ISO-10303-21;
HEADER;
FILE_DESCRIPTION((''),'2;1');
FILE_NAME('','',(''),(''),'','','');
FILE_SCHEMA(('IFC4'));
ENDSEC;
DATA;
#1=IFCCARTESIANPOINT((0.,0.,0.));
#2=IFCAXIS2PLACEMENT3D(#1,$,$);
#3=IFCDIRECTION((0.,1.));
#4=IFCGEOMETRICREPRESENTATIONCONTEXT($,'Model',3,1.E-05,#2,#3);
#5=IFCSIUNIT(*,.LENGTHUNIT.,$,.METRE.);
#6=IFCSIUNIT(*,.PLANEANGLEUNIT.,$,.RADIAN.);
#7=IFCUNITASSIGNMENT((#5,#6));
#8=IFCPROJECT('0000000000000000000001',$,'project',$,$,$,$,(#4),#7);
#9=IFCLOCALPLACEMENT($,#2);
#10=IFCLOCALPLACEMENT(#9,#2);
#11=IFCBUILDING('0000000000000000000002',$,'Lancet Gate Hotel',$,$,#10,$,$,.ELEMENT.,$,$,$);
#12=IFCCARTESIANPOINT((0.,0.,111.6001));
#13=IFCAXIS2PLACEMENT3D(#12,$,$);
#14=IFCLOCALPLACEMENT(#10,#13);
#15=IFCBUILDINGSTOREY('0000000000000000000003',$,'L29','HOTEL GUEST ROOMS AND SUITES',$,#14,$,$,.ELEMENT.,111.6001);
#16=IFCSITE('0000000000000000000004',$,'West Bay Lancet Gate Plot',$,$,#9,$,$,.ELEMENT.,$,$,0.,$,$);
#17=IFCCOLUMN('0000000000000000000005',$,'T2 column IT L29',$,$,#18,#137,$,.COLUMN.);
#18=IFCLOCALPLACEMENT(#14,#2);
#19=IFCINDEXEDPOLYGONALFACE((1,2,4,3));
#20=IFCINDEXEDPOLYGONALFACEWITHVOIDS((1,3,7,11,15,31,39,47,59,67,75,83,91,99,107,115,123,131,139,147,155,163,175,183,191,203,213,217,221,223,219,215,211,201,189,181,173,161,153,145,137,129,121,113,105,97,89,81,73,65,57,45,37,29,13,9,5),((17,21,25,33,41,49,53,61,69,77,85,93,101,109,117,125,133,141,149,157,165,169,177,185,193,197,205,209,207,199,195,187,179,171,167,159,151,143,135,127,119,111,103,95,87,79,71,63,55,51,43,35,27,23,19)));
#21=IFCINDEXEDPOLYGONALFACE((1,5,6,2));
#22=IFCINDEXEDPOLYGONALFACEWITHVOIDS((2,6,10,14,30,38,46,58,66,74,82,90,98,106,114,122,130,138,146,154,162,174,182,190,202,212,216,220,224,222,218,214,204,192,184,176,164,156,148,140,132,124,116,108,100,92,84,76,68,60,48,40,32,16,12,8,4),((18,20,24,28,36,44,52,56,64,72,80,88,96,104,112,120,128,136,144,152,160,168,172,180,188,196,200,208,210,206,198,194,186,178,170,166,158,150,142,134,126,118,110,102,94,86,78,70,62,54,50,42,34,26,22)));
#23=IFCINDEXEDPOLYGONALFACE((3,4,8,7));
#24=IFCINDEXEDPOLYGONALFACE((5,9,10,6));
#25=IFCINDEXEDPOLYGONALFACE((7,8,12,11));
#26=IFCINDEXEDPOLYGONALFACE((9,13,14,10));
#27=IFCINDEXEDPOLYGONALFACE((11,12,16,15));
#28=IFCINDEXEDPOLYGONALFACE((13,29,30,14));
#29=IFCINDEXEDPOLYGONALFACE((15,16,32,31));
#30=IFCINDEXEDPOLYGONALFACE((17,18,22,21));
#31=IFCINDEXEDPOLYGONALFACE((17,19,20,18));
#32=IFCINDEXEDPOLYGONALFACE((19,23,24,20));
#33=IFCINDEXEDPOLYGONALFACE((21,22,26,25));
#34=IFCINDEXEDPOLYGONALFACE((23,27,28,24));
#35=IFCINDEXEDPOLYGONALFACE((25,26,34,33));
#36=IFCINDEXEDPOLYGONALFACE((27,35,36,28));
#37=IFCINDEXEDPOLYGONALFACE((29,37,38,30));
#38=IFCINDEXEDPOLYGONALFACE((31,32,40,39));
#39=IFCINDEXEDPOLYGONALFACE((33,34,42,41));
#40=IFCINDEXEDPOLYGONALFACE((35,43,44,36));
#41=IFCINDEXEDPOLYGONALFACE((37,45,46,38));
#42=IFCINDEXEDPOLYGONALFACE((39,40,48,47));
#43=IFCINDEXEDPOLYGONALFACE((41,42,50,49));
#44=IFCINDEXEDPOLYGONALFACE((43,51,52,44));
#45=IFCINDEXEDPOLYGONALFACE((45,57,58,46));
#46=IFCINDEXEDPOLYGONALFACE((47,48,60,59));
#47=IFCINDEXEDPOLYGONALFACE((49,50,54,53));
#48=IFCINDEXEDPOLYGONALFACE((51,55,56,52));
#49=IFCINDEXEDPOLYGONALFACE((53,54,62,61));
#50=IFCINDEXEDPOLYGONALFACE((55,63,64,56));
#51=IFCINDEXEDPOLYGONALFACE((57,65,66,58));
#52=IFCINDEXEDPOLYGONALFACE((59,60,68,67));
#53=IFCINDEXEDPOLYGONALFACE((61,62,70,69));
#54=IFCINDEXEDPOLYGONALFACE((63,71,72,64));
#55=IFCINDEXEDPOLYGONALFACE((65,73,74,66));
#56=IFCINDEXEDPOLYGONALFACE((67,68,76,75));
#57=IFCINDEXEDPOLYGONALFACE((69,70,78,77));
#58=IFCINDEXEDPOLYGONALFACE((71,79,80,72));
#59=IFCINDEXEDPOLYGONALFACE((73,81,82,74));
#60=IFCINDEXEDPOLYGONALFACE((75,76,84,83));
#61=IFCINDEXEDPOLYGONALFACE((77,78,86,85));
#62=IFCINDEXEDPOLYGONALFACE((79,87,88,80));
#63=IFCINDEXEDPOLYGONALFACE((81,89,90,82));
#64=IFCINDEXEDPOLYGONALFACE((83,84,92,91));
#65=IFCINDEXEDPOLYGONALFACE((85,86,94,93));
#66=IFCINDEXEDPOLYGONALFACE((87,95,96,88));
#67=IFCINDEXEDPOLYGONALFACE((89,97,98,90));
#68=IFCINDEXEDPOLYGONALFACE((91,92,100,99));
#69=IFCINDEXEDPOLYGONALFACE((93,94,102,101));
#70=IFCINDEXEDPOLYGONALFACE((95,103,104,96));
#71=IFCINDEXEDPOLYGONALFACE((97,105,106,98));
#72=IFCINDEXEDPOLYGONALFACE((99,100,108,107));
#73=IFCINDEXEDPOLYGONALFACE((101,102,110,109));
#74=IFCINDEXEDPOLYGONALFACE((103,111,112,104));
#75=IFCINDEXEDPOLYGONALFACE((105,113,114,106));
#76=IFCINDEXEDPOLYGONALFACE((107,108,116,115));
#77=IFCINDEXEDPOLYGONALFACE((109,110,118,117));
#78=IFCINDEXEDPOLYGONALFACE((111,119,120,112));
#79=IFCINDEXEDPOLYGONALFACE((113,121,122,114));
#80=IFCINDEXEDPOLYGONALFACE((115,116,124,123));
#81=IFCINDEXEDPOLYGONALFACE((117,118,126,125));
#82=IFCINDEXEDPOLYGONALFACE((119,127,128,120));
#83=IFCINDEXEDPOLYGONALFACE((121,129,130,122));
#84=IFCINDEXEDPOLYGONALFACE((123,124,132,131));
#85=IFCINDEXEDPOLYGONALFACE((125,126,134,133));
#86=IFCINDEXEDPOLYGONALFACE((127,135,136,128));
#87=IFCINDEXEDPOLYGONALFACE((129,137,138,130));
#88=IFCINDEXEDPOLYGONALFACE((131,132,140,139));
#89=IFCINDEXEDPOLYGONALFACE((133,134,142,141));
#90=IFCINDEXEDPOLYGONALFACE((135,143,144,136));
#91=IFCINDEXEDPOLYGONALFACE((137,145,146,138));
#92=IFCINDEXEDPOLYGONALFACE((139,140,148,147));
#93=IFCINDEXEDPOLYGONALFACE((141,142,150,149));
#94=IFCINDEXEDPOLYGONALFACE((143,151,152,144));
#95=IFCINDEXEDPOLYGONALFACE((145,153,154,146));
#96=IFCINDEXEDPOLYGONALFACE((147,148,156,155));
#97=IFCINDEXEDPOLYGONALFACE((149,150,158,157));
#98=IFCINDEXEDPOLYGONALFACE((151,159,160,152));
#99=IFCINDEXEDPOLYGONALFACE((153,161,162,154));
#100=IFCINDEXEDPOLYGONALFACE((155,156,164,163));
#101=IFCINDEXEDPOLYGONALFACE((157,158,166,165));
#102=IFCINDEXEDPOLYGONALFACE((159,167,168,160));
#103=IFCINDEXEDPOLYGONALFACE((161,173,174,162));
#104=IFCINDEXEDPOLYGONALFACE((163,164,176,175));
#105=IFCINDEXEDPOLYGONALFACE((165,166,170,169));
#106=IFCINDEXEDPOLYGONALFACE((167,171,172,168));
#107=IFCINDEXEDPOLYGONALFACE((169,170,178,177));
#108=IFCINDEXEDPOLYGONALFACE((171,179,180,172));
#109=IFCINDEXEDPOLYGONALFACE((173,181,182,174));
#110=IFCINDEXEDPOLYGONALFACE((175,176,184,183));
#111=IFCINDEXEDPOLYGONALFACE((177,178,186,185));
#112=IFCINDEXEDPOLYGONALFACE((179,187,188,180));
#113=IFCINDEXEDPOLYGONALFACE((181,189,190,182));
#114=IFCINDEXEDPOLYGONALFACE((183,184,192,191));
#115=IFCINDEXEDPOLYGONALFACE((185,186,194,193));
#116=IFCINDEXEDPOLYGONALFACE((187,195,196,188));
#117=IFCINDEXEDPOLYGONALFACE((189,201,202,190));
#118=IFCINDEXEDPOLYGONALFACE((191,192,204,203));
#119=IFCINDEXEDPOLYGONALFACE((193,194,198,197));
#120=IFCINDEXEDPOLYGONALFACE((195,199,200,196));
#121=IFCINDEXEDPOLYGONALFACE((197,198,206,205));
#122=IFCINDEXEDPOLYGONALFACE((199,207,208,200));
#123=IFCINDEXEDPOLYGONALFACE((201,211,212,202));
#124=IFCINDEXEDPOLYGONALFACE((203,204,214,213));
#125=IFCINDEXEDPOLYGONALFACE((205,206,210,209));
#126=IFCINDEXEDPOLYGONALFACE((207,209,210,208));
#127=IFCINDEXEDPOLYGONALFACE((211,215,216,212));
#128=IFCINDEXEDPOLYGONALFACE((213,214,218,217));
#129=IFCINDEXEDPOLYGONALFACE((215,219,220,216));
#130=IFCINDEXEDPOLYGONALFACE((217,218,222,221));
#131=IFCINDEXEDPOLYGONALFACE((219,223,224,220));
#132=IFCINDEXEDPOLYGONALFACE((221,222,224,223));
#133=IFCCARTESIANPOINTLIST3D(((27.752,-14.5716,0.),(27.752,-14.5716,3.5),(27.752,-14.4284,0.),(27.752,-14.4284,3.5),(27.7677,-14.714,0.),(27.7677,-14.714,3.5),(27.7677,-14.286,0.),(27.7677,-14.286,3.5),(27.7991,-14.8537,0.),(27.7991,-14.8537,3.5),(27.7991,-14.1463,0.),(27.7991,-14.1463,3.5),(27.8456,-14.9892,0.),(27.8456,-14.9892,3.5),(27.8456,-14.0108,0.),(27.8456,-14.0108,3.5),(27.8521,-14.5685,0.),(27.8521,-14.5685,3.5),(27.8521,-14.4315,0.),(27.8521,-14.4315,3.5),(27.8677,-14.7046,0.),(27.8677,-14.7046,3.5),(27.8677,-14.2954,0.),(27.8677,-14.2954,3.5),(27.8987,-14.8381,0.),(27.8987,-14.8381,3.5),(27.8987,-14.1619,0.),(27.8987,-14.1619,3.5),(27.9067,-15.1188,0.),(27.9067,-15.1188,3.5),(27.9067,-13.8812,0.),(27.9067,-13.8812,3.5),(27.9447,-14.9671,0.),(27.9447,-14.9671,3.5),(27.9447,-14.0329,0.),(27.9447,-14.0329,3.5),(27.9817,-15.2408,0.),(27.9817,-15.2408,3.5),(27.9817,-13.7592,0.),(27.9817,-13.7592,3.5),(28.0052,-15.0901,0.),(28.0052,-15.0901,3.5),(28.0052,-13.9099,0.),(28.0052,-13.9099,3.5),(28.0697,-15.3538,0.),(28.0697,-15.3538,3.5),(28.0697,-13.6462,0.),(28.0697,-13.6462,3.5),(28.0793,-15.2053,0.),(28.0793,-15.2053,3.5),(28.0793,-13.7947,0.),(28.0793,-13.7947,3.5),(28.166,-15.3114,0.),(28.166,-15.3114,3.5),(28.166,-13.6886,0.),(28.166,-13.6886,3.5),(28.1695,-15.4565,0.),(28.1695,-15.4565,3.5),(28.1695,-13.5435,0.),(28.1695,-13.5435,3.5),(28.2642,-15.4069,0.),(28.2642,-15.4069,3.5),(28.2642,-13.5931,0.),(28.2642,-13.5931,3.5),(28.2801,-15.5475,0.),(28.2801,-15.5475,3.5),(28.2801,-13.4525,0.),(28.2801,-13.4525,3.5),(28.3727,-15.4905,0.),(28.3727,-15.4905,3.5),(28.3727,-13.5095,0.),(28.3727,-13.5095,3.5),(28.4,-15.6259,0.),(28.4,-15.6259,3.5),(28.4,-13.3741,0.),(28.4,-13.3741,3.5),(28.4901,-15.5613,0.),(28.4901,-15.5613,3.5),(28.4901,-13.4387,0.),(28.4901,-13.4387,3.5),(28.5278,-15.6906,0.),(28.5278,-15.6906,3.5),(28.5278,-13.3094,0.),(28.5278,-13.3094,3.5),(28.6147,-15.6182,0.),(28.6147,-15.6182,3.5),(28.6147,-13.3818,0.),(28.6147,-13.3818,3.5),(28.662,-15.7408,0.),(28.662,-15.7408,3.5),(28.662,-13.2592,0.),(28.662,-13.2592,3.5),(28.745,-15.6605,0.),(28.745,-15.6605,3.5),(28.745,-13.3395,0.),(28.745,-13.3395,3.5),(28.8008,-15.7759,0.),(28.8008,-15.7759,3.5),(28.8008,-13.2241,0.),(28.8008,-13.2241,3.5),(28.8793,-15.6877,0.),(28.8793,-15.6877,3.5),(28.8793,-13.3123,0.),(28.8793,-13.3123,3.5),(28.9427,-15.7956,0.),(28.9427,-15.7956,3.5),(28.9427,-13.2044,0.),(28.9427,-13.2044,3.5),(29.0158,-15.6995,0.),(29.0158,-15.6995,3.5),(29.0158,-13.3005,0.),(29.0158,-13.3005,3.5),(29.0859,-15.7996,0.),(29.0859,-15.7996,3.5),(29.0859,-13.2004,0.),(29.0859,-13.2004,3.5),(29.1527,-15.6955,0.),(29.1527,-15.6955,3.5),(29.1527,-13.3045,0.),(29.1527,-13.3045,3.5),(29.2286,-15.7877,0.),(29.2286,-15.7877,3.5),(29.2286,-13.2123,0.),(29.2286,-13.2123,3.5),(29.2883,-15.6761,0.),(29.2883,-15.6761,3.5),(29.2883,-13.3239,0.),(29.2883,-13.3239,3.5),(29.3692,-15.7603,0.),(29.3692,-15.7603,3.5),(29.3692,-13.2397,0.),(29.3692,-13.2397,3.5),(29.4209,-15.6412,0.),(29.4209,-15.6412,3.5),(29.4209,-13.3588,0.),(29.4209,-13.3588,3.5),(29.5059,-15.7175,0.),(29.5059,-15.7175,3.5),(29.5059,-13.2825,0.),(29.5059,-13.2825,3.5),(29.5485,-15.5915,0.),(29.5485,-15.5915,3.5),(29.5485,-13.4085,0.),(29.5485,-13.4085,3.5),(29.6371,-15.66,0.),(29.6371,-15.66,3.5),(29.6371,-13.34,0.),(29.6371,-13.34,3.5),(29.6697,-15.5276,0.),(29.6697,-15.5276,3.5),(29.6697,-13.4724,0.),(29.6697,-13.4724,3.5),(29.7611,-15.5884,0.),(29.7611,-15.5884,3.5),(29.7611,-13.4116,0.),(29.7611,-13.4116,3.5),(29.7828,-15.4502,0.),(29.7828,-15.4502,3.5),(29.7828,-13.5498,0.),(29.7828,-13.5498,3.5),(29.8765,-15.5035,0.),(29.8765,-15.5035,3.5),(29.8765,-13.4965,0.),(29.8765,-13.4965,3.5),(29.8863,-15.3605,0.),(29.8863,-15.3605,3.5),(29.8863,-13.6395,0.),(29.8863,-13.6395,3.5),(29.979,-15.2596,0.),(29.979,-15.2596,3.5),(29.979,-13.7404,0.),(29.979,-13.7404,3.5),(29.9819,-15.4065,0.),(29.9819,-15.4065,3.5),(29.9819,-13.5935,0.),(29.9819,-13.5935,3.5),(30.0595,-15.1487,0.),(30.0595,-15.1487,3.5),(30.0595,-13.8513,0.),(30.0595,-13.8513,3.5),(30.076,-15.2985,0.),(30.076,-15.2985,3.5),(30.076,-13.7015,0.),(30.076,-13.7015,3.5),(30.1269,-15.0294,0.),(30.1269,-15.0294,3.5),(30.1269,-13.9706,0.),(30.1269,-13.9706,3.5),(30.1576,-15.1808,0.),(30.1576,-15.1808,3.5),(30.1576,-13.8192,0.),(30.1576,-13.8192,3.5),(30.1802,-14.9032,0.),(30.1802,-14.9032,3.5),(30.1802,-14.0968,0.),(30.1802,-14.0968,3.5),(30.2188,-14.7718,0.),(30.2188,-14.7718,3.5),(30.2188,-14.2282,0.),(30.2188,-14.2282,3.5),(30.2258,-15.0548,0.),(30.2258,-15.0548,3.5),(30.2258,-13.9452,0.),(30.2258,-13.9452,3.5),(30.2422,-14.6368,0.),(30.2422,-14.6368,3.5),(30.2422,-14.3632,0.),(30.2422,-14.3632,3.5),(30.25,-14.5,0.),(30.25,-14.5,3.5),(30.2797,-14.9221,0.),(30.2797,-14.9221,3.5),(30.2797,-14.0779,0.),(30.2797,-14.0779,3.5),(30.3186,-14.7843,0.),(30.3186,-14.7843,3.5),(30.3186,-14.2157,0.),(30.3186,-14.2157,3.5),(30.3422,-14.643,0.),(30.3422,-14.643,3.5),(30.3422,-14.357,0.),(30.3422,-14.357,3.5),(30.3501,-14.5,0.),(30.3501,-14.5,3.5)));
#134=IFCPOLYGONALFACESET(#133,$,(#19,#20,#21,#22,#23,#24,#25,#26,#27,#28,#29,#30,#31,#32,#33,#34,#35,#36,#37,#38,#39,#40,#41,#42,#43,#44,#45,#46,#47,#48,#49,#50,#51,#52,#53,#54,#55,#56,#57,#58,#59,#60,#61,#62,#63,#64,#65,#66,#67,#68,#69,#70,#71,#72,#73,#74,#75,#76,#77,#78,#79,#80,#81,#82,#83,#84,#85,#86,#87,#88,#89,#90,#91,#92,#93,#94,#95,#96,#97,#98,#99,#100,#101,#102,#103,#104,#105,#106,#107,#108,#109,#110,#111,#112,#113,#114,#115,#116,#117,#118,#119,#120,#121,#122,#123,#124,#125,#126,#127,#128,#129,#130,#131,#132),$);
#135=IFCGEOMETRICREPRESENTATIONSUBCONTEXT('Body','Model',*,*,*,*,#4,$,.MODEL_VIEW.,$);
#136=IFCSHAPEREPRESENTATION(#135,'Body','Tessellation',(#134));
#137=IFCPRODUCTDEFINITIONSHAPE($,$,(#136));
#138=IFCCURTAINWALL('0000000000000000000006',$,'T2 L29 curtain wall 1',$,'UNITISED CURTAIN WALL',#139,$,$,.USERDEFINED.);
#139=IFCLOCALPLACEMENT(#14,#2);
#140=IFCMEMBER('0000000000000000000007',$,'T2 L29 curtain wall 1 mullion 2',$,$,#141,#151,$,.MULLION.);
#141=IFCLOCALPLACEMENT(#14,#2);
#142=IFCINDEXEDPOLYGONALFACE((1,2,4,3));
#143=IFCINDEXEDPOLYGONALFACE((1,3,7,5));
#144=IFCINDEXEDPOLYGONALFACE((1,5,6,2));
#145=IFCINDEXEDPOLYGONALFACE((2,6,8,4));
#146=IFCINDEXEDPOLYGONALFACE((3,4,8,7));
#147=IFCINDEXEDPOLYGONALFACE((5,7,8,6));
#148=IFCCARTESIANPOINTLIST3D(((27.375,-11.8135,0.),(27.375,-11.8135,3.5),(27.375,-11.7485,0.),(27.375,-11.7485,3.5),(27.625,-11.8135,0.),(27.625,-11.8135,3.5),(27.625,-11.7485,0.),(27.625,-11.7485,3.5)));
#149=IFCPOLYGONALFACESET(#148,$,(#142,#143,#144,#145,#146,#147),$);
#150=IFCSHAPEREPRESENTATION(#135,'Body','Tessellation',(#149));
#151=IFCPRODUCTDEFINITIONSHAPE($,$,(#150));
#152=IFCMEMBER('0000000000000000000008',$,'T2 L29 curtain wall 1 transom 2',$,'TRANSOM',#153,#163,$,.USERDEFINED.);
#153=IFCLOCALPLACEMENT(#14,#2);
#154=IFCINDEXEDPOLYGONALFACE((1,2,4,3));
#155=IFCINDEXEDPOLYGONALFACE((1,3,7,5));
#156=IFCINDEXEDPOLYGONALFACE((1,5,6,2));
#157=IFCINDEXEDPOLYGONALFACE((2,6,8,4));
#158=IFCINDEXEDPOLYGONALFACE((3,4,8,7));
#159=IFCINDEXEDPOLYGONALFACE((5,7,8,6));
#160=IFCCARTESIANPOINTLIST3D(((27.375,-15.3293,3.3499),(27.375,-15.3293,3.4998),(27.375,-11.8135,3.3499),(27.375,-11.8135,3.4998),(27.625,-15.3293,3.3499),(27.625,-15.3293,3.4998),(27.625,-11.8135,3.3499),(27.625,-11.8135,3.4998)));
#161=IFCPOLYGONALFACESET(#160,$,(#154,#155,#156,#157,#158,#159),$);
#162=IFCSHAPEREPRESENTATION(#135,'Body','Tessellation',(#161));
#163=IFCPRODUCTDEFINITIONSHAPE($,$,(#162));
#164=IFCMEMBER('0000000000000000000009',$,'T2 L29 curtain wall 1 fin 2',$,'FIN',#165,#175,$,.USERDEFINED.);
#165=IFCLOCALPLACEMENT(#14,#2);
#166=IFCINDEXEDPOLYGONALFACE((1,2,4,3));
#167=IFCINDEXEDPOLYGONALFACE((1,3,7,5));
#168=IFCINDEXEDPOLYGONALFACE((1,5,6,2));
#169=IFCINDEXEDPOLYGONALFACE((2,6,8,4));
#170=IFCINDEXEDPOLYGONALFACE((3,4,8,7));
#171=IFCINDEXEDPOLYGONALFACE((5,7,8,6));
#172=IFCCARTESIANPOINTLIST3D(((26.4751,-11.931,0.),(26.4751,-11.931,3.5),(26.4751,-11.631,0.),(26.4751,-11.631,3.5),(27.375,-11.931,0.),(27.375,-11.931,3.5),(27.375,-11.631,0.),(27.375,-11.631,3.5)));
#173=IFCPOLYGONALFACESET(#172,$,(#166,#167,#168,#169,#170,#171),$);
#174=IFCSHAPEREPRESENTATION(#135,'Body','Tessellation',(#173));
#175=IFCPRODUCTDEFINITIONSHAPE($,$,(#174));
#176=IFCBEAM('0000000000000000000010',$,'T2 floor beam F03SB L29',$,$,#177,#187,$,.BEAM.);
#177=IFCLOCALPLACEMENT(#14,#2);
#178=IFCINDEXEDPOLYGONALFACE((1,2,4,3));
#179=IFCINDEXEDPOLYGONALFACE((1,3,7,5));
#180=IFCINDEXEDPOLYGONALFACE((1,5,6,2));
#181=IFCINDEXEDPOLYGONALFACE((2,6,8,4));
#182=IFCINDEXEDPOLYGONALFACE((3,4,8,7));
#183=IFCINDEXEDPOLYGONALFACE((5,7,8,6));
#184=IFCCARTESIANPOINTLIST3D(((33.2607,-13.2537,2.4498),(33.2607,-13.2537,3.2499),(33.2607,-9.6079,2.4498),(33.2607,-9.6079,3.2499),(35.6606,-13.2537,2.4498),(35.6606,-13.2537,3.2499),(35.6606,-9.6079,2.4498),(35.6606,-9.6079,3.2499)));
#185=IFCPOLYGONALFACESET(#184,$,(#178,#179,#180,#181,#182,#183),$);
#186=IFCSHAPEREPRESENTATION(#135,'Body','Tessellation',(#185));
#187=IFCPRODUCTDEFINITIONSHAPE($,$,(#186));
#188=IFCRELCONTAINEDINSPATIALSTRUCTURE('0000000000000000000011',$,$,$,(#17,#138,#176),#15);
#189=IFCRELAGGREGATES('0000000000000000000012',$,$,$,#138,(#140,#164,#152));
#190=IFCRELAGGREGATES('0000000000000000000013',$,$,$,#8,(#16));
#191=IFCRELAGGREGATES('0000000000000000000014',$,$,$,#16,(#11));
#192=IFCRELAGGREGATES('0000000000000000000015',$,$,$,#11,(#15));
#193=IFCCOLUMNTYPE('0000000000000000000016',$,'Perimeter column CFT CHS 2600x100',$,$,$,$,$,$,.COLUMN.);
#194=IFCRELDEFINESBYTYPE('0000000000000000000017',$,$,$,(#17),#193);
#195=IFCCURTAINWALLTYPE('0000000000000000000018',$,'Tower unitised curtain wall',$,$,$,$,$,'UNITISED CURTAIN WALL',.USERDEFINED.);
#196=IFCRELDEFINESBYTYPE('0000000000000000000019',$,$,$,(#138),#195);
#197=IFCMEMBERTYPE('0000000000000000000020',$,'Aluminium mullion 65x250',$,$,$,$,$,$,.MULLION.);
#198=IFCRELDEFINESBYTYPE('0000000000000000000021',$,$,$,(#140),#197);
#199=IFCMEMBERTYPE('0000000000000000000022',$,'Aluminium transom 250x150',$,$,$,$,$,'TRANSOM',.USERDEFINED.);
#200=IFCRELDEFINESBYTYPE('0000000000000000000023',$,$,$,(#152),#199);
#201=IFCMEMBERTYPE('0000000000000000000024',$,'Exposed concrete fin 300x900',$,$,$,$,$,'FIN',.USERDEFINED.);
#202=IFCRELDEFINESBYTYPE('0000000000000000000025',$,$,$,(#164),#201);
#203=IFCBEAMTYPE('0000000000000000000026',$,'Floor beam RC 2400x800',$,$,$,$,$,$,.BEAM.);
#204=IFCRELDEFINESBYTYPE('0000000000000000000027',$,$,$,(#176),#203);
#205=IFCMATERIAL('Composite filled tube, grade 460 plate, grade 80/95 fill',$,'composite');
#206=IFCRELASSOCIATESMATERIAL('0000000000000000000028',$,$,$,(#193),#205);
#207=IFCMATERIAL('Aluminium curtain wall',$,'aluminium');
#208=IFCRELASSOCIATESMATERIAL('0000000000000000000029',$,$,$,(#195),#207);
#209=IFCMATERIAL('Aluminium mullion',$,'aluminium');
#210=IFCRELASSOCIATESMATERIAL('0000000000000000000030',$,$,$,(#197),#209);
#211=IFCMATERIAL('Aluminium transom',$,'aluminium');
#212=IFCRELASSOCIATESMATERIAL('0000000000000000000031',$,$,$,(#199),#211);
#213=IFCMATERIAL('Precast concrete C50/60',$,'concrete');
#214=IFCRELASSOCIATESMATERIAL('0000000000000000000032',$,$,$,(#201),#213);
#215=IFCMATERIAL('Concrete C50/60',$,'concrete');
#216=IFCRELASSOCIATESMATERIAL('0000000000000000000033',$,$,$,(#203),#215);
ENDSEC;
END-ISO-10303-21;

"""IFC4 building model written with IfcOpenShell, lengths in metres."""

from ifc_helpers import new_model, si_unit, direction, frame, origin, origin_2d, place, context, subcontext, project, spatial, rectangle, hollow_circle, extrude, material, material_profile, profile_set, type_object, element, aggregate, save


model = new_model("IFC4")

# Units and contexts
model_context = context("Model", 3, precision=1e-05, world=origin(), true_north=direction((0.0, 1.0)))
body_context = subcontext(model_context, "Body", "Model", "MODEL_VIEW")
ifc_project = project(units=[si_unit("LENGTHUNIT", "METRE"), si_unit("PLANEANGLEUNIT", "RADIAN")], contexts=[model_context])

# Site, building, storey
site_placement = place(None, origin())
site = spatial("IfcSite", under=ifc_project, at=site_placement, Name="West Bay Lancet Gate Plot", CompositionType="ELEMENT", RefElevation=0.0)
building_placement = place(site_placement, origin())
building = spatial("IfcBuilding", under=site, at=building_placement, Name="Lancet Gate Hotel", CompositionType="ELEMENT")
storey_placement = place(building_placement, frame((0.0, 0.0, 111.6001)))
storey = spatial("IfcBuildingStorey", under=building, at=storey_placement, Name="L29", Description="HOTEL GUEST ROOMS AND SUITES", CompositionType="ELEMENT", Elevation=111.6001)

# Column
ifc_material_1 = material(Name="Composite filled tube, grade 460 plate, grade 80/95 fill", Category="composite")
ifc_material_profile_1 = material_profile(ifc_material_1, hollow_circle(Radius=1.3, WallThickness=0.1001, at=origin_2d()), Name="CHS 2600x100")
ifc_profile_set_1 = profile_set([ifc_material_profile_1], Name="Composite filled tube, grade 460 plate, grade 80/95 fill")
column_type = type_object("IfcColumnType", Name="Perimeter column CFT CHS 2600x100", PredefinedType="COLUMN", material=ifc_profile_set_1)
for number, where, z_axis, x_axis, name in (
    (1, (29.05, -14.5, 0.0), (0.0, 0.0, 1.0), (1.0, 0.0, 0.0), "T2 column IT L29"),
):
    element("IfcColumn", number, at=place(storey_placement, frame(where, z_axis=z_axis, x_axis=x_axis)), inside=storey, type_object=column_type, Name=name, PredefinedType="COLUMN", context=body_context, shape_type="SweptSolid", body=[
        extrude(hollow_circle(Radius=1.3, WallThickness=0.1001, at=origin_2d()), origin(), (0.0, 0.0, 1.0), 3.5),
    ])

# Curtain wall, members
ifc_material_2 = material(Name="Aluminium curtain wall", Category="aluminium")
curtain_wall_type = type_object("IfcCurtainWallType", Name="Tower unitised curtain wall", ElementType="UNITISED CURTAIN WALL", PredefinedType="USERDEFINED", material=ifc_material_2)
curtain_wall_placement = place(storey_placement, origin())
curtain_wall = element("IfcCurtainWall", 2, at=curtain_wall_placement, inside=storey, type_object=curtain_wall_type, Name="T2 L29 curtain wall 1", ObjectType="UNITISED CURTAIN WALL", PredefinedType="USERDEFINED")
ifc_material_3 = material(Name="Aluminium mullion", Category="aluminium")
ifc_material_profile_2 = material_profile(ifc_material_3, rectangle(XDim=0.0649, YDim=0.25, at=origin_2d()), Name="MULLION 65x250")
ifc_profile_set_2 = profile_set([ifc_material_profile_2], Name="Aluminium mullion")
member_type_1 = type_object("IfcMemberType", Name="Aluminium mullion 65x250", PredefinedType="MULLION", material=ifc_profile_set_2)
member_1_placement = place(storey_placement, frame((27.5, -11.781, 0.0), z_axis=(0.0, 0.0, 1.0), x_axis=(0.0, -1.0, 0.0)))
member_1 = element("IfcMember", 3, at=member_1_placement, type_object=member_type_1, Name="T2 L29 curtain wall 1 mullion 2", PredefinedType="MULLION", context=body_context, shape_type="SweptSolid", body=[
    extrude(rectangle(XDim=0.0649, YDim=0.25, at=origin_2d()), origin(), (0.0, 0.0, 1.0), 3.5),
])
ifc_material_4 = material(Name="Aluminium transom", Category="aluminium")
ifc_material_profile_3 = material_profile(ifc_material_4, rectangle(XDim=0.25, YDim=0.1499, at=origin_2d()), Name="TRANSOM 250x150")
ifc_profile_set_3 = profile_set([ifc_material_profile_3], Name="Aluminium transom")
member_type_2 = type_object("IfcMemberType", Name="Aluminium transom 250x150", ElementType="TRANSOM", PredefinedType="USERDEFINED", material=ifc_profile_set_3)
member_2_placement = place(storey_placement, frame((27.5, -11.8135, 3.4248), z_axis=(0.0, -1.0, 0.0), x_axis=(1.0, 0.0, 0.0)))
member_2 = element("IfcMember", 4, at=member_2_placement, type_object=member_type_2, Name="T2 L29 curtain wall 1 transom 2", ObjectType="TRANSOM", PredefinedType="USERDEFINED", context=body_context, shape_type="SweptSolid", body=[
    extrude(rectangle(XDim=0.25, YDim=0.1499, at=origin_2d()), origin(), (0.0, 0.0, 1.0), 3.5159),
])
ifc_material_5 = material(Name="Precast concrete C50/60", Category="concrete")
ifc_material_profile_4 = material_profile(ifc_material_5, rectangle(XDim=0.3, YDim=0.8999, at=origin_2d()), Name="FIN 300x900")
ifc_profile_set_4 = profile_set([ifc_material_profile_4], Name="Precast concrete C50/60")
member_type_3 = type_object("IfcMemberType", Name="Exposed concrete fin 300x900", ElementType="FIN", PredefinedType="USERDEFINED", material=ifc_profile_set_4)
member_3_placement = place(storey_placement, frame((26.925, -11.781, 0.0), z_axis=(0.0, 0.0, 1.0), x_axis=(0.0, -1.0, 0.0)))
member_3 = element("IfcMember", 5, at=member_3_placement, type_object=member_type_3, Name="T2 L29 curtain wall 1 fin 2", ObjectType="FIN", PredefinedType="USERDEFINED", context=body_context, shape_type="SweptSolid", body=[
    extrude(rectangle(XDim=0.3, YDim=0.8999, at=origin_2d()), origin(), (0.0, 0.0, 1.0), 3.5),
])

# Beam
ifc_material_6 = material(Name="Concrete C50/60", Category="concrete")
ifc_material_profile_5 = material_profile(ifc_material_6, rectangle(XDim=2.3999, YDim=0.8, at=origin_2d()), Name="RC 2400x800")
ifc_profile_set_5 = profile_set([ifc_material_profile_5], Name="Concrete C50/60")
beam_type_1 = type_object("IfcBeamType", Name="Floor beam RC 2400x800", PredefinedType="BEAM", material=ifc_profile_set_5)
for number, where, z_axis, x_axis, name in (
    (6, (34.4607, -13.2537, 2.8499), (0.0, 1.0, 0.0), (-1.0, 0.0, 0.0), "T2 floor beam F03SB L29"),
):
    element("IfcBeam", number, at=place(storey_placement, frame(where, z_axis=z_axis, x_axis=x_axis)), inside=storey, type_object=beam_type_1, Name=name, PredefinedType="BEAM", context=body_context, shape_type="SweptSolid", body=[
        extrude(rectangle(XDim=2.3999, YDim=0.8, at=origin_2d()), origin(), (0.0, 0.0, 1.0), 3.6458),
    ])

aggregate(curtain_wall, [member_1, member_3, member_2])

save(model, "model.ifc")
